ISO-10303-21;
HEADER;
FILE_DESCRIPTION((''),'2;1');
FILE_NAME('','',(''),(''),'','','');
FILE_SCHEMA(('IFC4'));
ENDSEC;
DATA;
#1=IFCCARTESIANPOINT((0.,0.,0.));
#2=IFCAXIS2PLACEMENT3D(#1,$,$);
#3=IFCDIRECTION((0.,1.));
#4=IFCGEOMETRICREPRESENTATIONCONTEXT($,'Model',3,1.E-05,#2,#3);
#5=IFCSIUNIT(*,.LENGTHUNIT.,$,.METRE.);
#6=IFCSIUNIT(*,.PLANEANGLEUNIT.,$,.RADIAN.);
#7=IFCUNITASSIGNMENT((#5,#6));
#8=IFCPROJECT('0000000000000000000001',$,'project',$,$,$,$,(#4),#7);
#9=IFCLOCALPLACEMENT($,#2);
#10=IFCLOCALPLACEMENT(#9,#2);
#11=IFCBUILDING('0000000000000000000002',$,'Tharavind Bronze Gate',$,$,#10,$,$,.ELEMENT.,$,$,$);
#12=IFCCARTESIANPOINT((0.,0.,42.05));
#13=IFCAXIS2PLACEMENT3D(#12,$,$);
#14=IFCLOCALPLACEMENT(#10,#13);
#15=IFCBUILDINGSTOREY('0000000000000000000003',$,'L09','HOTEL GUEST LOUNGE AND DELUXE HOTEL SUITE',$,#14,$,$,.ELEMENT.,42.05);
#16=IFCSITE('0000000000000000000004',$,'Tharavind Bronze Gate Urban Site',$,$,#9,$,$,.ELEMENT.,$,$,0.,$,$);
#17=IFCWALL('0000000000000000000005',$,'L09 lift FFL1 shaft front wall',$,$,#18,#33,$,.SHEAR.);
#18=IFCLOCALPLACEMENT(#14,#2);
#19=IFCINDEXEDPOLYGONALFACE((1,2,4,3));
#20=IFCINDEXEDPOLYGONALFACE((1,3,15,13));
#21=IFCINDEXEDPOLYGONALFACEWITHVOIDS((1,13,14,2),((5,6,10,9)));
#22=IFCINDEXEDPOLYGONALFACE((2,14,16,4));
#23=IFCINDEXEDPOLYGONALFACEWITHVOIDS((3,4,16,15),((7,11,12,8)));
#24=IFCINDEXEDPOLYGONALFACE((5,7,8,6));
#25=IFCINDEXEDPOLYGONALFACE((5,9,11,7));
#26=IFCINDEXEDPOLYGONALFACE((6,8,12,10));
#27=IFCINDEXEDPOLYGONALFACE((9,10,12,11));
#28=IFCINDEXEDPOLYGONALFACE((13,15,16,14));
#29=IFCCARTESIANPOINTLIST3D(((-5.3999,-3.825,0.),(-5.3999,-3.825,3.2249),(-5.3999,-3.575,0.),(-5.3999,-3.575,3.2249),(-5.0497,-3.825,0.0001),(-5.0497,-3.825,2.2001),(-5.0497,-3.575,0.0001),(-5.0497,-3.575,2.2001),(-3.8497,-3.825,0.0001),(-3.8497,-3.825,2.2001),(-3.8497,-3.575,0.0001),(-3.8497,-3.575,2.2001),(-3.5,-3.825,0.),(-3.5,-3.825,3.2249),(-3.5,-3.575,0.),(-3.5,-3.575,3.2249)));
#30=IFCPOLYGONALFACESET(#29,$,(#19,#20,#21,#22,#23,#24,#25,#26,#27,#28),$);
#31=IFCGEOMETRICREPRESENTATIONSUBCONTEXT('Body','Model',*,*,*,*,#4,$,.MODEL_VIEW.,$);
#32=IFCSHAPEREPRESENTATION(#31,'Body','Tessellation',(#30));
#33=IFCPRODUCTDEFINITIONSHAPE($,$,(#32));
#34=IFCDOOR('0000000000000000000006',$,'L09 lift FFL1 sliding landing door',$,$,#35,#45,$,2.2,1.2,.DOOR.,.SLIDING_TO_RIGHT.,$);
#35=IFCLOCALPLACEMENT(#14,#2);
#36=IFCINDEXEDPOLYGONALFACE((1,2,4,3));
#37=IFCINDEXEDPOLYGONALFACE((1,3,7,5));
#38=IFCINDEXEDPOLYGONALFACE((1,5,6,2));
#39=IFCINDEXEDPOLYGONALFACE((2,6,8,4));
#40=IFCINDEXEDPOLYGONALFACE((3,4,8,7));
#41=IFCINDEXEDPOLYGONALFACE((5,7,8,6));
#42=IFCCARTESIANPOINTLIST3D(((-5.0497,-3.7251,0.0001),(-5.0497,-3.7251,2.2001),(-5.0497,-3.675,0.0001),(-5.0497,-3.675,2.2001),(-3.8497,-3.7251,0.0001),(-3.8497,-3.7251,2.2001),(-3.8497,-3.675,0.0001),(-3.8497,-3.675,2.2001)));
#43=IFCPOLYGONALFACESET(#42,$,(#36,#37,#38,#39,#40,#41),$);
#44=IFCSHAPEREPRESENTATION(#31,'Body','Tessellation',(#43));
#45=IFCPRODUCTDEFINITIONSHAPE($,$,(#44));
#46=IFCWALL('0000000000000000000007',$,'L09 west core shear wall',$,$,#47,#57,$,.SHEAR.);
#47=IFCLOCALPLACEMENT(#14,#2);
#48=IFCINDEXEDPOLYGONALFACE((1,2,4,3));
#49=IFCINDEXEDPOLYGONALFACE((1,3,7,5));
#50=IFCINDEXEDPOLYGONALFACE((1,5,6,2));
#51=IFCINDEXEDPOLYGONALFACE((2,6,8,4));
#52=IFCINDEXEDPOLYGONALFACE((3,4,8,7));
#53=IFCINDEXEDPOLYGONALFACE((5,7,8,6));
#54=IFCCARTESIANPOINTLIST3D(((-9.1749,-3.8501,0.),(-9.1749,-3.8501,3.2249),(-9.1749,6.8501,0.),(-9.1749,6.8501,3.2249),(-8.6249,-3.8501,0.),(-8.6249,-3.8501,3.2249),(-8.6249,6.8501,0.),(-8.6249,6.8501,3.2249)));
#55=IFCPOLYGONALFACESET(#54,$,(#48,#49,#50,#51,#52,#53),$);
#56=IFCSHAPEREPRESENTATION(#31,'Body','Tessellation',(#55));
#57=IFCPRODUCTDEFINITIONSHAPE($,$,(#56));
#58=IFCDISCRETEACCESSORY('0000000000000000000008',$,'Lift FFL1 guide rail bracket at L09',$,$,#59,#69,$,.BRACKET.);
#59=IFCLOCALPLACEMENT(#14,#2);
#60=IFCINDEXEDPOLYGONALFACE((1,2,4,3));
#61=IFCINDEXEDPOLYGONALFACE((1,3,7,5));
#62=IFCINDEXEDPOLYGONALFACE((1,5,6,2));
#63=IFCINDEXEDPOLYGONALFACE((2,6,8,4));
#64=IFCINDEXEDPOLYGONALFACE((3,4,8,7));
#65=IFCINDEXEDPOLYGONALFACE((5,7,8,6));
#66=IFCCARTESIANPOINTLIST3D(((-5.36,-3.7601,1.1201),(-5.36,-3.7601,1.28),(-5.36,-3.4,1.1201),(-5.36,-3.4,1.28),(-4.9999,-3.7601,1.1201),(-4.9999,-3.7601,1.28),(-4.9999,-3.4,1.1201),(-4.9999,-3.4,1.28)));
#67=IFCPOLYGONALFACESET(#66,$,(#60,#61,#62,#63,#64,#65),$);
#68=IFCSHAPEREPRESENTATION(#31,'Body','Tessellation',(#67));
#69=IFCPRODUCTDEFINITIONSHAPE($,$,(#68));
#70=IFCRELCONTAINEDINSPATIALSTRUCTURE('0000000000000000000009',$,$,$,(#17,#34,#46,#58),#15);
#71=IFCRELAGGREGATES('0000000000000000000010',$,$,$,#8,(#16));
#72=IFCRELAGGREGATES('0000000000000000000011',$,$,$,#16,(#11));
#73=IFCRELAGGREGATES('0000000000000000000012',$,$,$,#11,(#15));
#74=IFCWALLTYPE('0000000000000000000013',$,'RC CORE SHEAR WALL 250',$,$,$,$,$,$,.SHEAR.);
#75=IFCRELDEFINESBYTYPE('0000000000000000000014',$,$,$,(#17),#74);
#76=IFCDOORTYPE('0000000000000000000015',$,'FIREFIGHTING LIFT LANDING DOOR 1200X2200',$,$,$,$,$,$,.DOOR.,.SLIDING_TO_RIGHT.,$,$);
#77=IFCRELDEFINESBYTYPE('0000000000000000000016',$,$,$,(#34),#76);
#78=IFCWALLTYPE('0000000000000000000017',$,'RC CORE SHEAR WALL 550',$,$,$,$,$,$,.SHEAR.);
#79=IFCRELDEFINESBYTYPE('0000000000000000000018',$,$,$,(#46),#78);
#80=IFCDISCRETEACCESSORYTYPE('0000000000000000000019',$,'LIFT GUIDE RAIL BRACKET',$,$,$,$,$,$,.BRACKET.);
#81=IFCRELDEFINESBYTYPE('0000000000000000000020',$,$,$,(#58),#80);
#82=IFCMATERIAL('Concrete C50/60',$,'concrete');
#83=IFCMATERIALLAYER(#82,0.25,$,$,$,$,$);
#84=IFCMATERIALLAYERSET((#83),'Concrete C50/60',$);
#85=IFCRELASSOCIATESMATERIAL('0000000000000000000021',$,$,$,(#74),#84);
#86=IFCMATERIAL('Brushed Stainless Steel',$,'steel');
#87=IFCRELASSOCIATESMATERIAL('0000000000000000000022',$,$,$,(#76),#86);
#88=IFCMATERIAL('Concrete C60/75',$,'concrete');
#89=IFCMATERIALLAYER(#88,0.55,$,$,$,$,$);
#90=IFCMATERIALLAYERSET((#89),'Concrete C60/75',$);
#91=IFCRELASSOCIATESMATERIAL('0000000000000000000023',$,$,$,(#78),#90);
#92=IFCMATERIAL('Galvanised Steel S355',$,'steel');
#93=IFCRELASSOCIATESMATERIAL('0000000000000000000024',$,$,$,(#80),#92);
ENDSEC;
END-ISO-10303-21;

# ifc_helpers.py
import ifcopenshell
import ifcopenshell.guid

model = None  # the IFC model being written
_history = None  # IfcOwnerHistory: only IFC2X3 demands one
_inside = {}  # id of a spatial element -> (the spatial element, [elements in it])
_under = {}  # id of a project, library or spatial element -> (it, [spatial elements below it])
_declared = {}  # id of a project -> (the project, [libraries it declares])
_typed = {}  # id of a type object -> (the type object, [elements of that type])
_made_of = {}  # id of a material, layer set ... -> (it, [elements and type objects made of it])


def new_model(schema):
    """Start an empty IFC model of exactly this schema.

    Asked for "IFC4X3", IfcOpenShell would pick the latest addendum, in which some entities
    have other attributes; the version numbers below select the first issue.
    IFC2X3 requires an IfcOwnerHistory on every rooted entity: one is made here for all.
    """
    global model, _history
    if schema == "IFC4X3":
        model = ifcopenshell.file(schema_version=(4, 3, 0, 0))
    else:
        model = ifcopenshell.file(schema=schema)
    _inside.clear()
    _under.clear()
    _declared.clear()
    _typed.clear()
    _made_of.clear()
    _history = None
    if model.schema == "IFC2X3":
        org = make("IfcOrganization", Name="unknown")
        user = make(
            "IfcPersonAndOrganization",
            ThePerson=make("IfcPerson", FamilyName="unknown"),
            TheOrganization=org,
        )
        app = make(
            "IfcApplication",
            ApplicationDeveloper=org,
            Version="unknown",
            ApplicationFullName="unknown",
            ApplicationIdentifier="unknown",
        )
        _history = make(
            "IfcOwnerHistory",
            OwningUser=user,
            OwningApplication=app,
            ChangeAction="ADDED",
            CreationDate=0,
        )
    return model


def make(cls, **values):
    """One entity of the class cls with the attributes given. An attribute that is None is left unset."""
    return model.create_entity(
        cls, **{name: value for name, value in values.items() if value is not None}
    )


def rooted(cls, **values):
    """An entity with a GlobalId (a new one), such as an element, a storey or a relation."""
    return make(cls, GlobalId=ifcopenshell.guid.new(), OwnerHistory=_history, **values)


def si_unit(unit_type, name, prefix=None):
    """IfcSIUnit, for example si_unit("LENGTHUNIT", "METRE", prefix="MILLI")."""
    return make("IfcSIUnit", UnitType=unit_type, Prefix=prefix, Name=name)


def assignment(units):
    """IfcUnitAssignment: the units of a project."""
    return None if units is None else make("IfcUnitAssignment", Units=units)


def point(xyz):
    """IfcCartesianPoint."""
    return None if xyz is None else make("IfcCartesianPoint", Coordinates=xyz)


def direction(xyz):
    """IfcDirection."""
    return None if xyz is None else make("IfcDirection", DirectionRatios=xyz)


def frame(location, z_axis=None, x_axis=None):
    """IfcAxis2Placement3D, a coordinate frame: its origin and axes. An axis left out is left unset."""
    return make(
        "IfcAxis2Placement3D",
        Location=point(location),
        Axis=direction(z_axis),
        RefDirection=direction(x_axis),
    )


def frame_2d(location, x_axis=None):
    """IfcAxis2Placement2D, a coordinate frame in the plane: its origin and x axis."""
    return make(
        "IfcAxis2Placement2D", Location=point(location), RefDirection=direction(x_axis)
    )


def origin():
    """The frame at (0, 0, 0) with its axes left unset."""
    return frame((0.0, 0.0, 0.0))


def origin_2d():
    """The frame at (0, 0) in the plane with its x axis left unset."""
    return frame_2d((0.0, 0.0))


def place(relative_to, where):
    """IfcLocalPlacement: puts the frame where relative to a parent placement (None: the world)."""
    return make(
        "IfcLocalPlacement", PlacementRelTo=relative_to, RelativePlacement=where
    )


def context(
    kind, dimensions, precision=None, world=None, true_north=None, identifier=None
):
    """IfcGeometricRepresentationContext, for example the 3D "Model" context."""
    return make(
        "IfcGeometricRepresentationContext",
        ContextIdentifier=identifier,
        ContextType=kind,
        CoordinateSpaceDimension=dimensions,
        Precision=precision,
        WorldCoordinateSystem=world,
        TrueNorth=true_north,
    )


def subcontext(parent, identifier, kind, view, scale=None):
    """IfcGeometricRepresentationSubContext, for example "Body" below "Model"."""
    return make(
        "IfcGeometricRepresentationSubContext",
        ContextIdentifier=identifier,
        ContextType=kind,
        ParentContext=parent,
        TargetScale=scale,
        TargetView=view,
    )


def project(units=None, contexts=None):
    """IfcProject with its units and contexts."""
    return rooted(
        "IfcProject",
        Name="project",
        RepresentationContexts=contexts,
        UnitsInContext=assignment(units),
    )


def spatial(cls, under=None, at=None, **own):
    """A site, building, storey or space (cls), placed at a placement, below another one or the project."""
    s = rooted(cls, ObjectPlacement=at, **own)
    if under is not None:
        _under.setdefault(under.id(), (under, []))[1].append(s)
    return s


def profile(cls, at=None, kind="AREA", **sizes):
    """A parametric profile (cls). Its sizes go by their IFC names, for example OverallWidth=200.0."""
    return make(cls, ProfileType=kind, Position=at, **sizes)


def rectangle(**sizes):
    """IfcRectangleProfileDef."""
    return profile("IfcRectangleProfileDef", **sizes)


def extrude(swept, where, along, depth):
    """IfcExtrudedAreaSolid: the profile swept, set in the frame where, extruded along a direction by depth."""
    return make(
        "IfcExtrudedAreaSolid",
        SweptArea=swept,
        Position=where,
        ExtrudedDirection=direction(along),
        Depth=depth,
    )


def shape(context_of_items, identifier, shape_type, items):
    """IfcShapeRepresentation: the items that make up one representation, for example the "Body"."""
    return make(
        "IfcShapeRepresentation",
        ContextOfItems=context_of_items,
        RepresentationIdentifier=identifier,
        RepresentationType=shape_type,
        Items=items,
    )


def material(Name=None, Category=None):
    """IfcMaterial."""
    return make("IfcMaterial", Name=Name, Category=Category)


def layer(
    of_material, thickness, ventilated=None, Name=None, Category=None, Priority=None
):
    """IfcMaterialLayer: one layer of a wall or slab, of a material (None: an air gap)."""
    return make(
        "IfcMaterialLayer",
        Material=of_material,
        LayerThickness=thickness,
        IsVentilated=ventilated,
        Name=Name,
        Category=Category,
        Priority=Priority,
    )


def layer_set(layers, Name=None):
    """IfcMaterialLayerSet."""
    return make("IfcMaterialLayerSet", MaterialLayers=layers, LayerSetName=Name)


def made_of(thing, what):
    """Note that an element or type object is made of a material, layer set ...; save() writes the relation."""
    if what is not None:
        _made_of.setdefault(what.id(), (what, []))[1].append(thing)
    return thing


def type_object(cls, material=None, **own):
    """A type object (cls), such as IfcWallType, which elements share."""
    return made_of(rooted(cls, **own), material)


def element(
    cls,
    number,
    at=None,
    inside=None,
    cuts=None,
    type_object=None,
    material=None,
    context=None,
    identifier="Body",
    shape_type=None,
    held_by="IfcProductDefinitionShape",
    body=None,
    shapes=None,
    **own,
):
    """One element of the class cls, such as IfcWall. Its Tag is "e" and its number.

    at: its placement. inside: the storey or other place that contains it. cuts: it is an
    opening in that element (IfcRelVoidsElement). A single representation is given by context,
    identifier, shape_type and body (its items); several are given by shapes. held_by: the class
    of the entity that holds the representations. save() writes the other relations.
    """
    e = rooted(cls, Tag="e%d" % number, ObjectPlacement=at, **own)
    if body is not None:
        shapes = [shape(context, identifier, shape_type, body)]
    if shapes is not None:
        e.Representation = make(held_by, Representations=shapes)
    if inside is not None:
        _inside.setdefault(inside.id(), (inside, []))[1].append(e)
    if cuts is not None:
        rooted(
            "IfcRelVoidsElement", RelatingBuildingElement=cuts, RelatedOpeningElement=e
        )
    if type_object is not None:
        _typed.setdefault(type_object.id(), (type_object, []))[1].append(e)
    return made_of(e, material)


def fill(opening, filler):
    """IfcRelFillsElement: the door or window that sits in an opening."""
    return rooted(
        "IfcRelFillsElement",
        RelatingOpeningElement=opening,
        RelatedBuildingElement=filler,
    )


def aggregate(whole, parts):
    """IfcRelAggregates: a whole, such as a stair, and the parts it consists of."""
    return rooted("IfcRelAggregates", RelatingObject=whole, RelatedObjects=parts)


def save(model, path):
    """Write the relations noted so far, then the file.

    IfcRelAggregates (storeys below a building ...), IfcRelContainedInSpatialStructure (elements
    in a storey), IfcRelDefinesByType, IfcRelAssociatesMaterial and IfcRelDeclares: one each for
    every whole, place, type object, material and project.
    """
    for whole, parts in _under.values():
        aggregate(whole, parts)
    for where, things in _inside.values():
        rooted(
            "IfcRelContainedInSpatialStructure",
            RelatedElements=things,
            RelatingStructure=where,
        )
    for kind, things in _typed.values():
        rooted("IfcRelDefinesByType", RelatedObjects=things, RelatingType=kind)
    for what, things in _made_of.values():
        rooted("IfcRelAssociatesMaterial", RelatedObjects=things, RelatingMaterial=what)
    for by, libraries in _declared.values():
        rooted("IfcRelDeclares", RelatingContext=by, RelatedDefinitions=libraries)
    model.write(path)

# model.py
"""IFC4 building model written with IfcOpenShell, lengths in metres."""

from ifc_helpers import new_model, si_unit, direction, frame, frame_2d, origin, origin_2d, place, context, subcontext, project, spatial, rectangle, extrude, material, layer, layer_set, type_object, element, fill, save


model = new_model("IFC4")

# Units and contexts
model_context = context("Model", 3, precision=1e-05, world=origin(), true_north=direction((0.0, 1.0)))
body_context = subcontext(model_context, "Body", "Model", "MODEL_VIEW")
ifc_project = project(units=[si_unit("LENGTHUNIT", "METRE"), si_unit("PLANEANGLEUNIT", "RADIAN")], contexts=[model_context])

# Site, building, storey
site_placement = place(None, origin())
site = spatial("IfcSite", under=ifc_project, at=site_placement, Name="Tharavind Bronze Gate Urban Site", CompositionType="ELEMENT", RefElevation=0.0)
building_placement = place(site_placement, origin())
building = spatial("IfcBuilding", under=site, at=building_placement, Name="Tharavind Bronze Gate", CompositionType="ELEMENT")
storey_placement = place(building_placement, frame((0.0, 0.0, 42.05)))
storey = spatial("IfcBuildingStorey", under=building, at=storey_placement, Name="L09", Description="HOTEL GUEST LOUNGE AND DELUXE HOTEL SUITE", CompositionType="ELEMENT", Elevation=42.05)

# Wall, opening, door
ifc_material_1 = material(Name="Concrete C50/60", Category="concrete")
ifc_layer_1 = layer(ifc_material_1, 0.25)
ifc_layer_set_1 = layer_set([ifc_layer_1], Name="Concrete C50/60")
wall_type_1 = type_object("IfcWallType", Name="RC CORE SHEAR WALL 250", PredefinedType="SHEAR", material=ifc_layer_set_1)
wall_1_placement = place(storey_placement, frame((-5.3999, -3.7, 0.0), z_axis=(0.0, 0.0, 1.0), x_axis=(1.0, 0.0, 0.0)))
wall_1 = element("IfcWall", 1, at=wall_1_placement, inside=storey, type_object=wall_type_1, Name="L09 lift FFL1 shaft front wall", PredefinedType="SHEAR", context=body_context, shape_type="SweptSolid", body=[
    extrude(rectangle(XDim=1.8999, YDim=0.25, at=frame_2d((0.95, 0.0))), origin(), (0.0, 0.0, 1.0), 3.2249),
])
opening_1_placement = place(wall_1_placement, frame((0.3501, 0.0, 0.0)))
opening_1 = element("IfcOpeningElement", 2, at=opening_1_placement, cuts=wall_1, PredefinedType="OPENING", context=body_context, shape_type="SweptSolid", body=[
    extrude(rectangle(XDim=1.2, YDim=2.2, at=frame_2d((0.6001, 1.1001))), frame((0.0, 0.135, 0.0), z_axis=(0.0, -1.0, 0.0), x_axis=(1.0, 0.0, 0.0)), (0.0, 0.0, 1.0), 0.27),
])
ifc_material_2 = material(Name="Brushed Stainless Steel", Category="steel")
door_type_1 = type_object("IfcDoorType", Name="FIREFIGHTING LIFT LANDING DOOR 1200X2200", OperationType="SLIDING_TO_RIGHT", PredefinedType="DOOR", material=ifc_material_2)
door_1_placement = place(opening_1_placement, origin())
door_1 = element("IfcDoor", 3, at=door_1_placement, inside=storey, type_object=door_type_1, Name="L09 lift FFL1 sliding landing door", OperationType="SLIDING_TO_RIGHT", OverallHeight=2.2, OverallWidth=1.2, PredefinedType="DOOR", context=body_context, shape_type="SweptSolid", body=[
    extrude(rectangle(XDim=1.2, YDim=2.2, at=frame_2d((0.6001, 1.1001))), frame((0.0, 0.0249, 0.0), z_axis=(0.0, -1.0, 0.0), x_axis=(1.0, 0.0, 0.0)), (0.0, 0.0, 1.0), 0.05),
])
fill(opening_1, door_1)

# Wall
ifc_material_3 = material(Name="Concrete C60/75", Category="concrete")
ifc_layer_2 = layer(ifc_material_3, 0.55)
ifc_layer_set_2 = layer_set([ifc_layer_2], Name="Concrete C60/75")
wall_type_2 = type_object("IfcWallType", Name="RC CORE SHEAR WALL 550", PredefinedType="SHEAR", material=ifc_layer_set_2)
wall_2_placement = place(storey_placement, frame((-8.8999, -3.8501, 0.0), z_axis=(0.0, 0.0, 1.0), x_axis=(0.0, 1.0, 0.0)))
element("IfcWall", 4, at=wall_2_placement, inside=storey, type_object=wall_type_2, Name="L09 west core shear wall", PredefinedType="SHEAR", context=body_context, shape_type="SweptSolid", body=[
    extrude(rectangle(XDim=10.7002, YDim=0.55, at=frame_2d((5.3501, 0.0))), origin(), (0.0, 0.0, 1.0), 3.2249),
])

# Discrete accessory
ifc_material_4 = material(Name="Galvanised Steel S355", Category="steel")
discrete_accessory_type = type_object("IfcDiscreteAccessoryType", Name="LIFT GUIDE RAIL BRACKET", PredefinedType="BRACKET", material=ifc_material_4)
discrete_accessory_placement = place(storey_placement, frame((-5.1799, -3.5801, 1.1201), z_axis=(0.0, 0.0, 1.0), x_axis=(1.0, 0.0, 0.0)))
element("IfcDiscreteAccessory", 5, at=discrete_accessory_placement, inside=storey, type_object=discrete_accessory_type, Name="Lift FFL1 guide rail bracket at L09", PredefinedType="BRACKET", context=body_context, shape_type="SweptSolid", body=[
    extrude(rectangle(XDim=0.3601, YDim=0.3601, at=origin_2d()), origin(), (0.0, 0.0, 1.0), 0.1599),
])

save(model, "model.ifc")
